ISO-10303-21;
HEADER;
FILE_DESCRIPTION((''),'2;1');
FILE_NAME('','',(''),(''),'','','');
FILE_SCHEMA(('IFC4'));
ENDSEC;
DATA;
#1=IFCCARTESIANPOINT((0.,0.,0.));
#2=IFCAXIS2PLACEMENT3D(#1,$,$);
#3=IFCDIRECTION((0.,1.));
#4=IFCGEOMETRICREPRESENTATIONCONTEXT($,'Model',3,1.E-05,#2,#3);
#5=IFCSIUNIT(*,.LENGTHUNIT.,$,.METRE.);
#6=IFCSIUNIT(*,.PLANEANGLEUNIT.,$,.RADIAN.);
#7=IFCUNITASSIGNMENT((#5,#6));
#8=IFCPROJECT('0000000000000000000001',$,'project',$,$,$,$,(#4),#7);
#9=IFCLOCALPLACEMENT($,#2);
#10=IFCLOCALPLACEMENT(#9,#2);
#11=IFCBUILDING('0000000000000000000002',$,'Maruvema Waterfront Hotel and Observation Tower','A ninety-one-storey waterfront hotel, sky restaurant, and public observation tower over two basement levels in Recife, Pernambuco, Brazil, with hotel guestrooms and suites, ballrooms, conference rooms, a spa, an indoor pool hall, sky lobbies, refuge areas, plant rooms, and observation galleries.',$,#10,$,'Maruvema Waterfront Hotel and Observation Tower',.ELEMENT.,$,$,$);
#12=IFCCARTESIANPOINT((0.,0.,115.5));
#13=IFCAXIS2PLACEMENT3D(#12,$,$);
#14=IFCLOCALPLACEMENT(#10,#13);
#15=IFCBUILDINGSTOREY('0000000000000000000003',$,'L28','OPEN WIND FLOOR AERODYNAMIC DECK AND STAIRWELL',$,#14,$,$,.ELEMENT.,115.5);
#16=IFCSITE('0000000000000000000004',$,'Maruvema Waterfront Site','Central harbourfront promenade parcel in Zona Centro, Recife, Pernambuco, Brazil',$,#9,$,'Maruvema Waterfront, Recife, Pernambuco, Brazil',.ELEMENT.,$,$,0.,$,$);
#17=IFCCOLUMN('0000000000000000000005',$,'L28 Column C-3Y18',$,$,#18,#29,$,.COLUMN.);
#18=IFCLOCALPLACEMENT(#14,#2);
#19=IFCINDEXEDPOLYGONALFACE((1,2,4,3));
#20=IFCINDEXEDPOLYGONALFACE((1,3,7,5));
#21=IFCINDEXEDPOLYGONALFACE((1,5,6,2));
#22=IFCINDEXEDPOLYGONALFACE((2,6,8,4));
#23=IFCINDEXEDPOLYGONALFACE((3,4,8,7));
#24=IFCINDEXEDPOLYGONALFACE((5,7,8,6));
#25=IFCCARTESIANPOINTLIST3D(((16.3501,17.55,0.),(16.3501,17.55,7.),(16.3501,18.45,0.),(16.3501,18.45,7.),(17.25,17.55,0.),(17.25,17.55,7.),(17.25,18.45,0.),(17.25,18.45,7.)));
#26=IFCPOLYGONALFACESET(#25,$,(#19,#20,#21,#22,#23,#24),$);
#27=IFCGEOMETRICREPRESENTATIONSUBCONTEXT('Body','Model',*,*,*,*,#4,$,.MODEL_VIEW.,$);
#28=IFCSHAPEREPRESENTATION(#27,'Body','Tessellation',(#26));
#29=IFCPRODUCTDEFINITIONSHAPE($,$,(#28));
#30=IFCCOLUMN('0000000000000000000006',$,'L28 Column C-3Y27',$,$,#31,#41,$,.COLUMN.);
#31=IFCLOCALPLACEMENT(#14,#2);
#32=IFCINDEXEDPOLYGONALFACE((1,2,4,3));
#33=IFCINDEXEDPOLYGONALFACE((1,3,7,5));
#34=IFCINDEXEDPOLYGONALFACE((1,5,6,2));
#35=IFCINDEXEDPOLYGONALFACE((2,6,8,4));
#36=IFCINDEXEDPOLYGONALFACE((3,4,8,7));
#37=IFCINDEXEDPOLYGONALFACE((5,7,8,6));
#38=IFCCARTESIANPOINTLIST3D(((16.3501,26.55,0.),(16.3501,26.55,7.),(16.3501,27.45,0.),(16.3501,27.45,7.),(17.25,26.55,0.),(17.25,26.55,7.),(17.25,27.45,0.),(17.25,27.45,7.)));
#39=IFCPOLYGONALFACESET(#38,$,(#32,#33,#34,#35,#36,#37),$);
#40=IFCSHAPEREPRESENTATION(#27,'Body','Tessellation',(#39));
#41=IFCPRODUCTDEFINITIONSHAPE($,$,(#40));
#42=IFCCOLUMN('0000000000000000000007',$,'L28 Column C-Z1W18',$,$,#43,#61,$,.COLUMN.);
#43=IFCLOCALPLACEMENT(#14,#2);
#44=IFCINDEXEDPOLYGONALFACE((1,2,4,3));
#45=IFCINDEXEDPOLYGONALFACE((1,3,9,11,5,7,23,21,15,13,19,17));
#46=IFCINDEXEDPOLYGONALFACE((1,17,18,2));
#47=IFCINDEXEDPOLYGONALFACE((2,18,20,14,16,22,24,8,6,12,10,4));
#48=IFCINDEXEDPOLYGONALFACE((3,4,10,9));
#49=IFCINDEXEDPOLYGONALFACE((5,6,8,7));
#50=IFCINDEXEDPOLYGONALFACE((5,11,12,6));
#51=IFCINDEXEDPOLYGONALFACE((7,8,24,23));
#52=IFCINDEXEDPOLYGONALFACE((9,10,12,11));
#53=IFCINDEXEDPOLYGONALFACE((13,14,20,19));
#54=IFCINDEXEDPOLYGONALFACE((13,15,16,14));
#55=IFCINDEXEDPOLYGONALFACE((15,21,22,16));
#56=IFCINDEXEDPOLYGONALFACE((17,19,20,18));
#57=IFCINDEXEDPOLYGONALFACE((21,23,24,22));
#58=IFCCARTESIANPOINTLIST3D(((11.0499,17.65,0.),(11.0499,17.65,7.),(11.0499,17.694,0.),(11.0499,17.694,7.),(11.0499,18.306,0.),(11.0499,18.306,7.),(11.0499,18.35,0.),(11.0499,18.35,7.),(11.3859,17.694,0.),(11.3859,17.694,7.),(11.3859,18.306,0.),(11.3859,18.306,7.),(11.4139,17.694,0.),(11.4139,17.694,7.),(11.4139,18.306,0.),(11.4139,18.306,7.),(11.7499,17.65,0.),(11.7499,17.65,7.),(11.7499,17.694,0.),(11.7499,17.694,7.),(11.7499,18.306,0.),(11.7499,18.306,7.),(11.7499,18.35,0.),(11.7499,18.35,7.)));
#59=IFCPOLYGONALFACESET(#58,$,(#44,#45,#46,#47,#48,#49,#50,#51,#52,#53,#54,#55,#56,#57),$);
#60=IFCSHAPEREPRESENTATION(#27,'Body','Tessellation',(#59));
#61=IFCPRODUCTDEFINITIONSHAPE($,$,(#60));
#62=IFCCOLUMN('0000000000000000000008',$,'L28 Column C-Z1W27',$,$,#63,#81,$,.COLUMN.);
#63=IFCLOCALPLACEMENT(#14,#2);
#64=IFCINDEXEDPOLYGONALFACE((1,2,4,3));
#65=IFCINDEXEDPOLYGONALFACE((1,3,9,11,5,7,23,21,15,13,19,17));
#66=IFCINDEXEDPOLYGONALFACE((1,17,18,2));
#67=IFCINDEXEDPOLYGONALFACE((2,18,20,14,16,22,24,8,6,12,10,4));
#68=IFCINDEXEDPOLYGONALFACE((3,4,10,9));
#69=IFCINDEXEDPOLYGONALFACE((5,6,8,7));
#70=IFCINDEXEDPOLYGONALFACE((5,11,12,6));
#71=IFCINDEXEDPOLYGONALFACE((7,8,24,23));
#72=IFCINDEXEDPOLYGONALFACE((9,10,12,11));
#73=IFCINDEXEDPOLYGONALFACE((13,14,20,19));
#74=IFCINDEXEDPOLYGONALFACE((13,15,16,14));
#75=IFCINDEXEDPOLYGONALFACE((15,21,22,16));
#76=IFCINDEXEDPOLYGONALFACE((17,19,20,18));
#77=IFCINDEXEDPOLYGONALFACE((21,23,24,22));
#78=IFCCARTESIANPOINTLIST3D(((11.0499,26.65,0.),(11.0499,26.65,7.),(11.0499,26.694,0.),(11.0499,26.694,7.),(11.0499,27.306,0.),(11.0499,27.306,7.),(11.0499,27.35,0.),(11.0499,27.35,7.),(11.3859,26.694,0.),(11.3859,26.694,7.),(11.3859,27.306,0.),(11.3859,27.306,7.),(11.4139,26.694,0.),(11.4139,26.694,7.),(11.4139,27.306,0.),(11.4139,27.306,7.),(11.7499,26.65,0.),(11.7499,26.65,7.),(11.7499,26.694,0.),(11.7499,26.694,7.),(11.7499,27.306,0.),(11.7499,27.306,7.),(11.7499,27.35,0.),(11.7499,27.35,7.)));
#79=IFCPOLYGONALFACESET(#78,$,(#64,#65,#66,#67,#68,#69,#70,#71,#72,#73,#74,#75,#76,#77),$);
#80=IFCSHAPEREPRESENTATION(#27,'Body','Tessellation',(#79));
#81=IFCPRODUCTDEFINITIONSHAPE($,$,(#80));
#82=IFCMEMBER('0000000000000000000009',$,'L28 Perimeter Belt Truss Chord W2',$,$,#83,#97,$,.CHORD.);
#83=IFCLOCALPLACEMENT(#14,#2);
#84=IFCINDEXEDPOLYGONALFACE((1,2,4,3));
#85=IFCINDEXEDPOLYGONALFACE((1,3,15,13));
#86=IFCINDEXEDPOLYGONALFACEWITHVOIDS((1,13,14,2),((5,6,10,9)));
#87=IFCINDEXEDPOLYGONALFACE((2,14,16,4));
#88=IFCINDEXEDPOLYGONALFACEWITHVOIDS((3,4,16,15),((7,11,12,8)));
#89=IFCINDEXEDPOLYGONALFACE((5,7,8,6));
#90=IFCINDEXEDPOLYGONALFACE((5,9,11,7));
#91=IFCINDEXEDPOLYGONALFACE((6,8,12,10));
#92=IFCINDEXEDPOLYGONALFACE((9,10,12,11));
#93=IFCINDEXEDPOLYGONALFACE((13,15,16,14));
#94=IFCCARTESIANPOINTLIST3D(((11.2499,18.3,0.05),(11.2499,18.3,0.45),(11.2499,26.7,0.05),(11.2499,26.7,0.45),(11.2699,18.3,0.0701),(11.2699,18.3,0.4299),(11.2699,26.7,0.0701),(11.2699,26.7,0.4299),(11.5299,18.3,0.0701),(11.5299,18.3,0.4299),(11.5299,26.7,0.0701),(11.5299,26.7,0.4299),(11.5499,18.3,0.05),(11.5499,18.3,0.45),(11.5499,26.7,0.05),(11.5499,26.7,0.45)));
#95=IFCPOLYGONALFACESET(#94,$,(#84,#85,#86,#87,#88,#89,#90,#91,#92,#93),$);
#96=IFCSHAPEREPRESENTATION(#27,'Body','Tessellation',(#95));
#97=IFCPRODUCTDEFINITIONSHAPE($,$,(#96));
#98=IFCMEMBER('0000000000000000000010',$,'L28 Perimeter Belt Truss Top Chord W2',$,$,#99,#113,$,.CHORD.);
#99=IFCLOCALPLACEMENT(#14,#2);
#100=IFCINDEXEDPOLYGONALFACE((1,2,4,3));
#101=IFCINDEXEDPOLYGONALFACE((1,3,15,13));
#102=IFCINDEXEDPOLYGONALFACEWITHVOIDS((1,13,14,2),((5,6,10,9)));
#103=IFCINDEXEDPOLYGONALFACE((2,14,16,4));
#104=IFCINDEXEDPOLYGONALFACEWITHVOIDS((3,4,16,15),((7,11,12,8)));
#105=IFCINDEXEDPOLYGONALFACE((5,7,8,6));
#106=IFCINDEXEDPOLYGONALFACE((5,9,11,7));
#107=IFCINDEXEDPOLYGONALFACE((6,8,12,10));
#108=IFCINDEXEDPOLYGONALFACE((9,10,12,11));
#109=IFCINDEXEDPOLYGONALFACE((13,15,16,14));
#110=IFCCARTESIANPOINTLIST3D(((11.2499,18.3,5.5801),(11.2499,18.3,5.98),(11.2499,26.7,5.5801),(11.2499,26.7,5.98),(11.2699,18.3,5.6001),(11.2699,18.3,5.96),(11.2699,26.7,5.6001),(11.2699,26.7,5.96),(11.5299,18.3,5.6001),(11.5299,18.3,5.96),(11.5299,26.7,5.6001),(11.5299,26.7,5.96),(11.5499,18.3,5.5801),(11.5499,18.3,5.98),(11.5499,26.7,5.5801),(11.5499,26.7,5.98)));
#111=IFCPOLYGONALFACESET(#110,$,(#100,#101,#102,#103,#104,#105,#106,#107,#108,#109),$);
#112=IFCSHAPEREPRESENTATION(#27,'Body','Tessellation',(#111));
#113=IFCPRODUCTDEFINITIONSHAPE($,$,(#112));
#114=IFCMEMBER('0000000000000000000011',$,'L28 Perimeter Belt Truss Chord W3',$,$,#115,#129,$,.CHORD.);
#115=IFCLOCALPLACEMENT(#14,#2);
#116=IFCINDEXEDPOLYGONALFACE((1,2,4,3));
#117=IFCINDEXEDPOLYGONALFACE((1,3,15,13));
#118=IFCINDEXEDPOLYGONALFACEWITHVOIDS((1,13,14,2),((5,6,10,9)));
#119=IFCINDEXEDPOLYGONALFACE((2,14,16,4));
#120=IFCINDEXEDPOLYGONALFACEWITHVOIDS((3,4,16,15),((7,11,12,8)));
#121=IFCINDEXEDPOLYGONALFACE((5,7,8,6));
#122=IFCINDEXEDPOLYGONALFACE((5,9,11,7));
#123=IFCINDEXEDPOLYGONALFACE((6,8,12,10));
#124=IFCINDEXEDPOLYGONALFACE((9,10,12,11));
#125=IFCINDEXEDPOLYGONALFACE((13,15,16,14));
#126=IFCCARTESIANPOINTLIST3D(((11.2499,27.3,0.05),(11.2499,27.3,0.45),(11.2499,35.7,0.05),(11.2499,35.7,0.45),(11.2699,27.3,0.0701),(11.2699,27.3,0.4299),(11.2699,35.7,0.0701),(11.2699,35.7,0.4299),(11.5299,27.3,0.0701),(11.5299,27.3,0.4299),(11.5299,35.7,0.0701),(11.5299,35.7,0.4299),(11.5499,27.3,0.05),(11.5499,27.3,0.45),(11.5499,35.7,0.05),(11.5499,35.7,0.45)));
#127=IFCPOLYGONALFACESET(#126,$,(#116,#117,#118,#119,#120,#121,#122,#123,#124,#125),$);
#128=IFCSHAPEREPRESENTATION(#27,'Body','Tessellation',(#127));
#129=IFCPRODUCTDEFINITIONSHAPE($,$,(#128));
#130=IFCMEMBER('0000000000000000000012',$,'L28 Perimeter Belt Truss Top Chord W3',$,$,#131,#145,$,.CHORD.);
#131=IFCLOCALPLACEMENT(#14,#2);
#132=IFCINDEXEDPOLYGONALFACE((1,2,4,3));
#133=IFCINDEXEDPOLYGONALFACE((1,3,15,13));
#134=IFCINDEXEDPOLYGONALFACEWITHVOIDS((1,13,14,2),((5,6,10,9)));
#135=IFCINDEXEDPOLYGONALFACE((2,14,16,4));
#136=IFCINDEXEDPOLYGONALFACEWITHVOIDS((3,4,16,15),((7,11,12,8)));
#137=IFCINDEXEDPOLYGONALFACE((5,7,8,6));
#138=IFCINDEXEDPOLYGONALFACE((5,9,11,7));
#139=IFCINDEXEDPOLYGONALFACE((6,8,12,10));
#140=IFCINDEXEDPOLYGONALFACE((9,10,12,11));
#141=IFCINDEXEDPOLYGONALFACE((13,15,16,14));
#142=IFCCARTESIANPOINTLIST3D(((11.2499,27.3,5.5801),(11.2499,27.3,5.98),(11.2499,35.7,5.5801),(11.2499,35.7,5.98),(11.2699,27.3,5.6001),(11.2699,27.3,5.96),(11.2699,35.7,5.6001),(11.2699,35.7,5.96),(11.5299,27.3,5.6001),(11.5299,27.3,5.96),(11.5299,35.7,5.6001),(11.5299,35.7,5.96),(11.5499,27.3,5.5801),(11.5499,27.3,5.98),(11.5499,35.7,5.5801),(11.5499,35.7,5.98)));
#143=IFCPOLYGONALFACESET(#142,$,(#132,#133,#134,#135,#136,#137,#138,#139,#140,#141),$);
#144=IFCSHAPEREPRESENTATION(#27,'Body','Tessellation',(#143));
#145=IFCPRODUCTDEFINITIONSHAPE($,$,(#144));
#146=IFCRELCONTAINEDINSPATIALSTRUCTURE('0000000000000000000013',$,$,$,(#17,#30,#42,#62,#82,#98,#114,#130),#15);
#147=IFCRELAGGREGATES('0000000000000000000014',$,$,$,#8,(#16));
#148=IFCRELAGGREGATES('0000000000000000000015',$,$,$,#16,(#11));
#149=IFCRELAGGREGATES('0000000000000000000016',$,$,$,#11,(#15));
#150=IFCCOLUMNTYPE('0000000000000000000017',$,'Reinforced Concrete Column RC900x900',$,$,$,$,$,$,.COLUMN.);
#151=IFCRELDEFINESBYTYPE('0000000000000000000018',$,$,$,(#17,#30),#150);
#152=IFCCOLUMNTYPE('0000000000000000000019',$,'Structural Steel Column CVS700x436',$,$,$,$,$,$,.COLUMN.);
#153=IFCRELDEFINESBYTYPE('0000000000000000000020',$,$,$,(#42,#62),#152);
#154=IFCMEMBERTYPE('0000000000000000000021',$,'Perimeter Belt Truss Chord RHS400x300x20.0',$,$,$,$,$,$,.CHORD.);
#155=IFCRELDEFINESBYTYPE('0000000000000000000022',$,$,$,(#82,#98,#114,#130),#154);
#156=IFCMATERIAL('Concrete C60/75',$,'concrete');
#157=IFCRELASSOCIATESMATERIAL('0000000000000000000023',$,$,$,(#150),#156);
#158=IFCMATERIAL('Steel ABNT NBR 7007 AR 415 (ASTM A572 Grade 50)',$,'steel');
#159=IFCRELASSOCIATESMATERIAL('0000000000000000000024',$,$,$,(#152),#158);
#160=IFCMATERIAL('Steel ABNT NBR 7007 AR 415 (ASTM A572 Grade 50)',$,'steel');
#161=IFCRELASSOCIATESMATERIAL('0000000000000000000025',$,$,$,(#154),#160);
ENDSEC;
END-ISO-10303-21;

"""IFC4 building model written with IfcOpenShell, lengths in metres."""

from ifc_helpers import new_model, si_unit, direction, frame, origin, origin_2d, place, context, subcontext, project, spatial, rectangle, hollow_rectangle, i_section, extrude, material, material_profile, profile_set, type_object, element, save


model = new_model("IFC4")

# Units and contexts
model_context = context("Model", 3, precision=1e-05, world=origin(), true_north=direction((0.0, 1.0)))
body_context = subcontext(model_context, "Body", "Model", "MODEL_VIEW")
ifc_project = project(units=[si_unit("LENGTHUNIT", "METRE"), si_unit("PLANEANGLEUNIT", "RADIAN")], contexts=[model_context])

# Site, building, storey
site_placement = place(None, origin())
site = spatial("IfcSite", under=ifc_project, at=site_placement, Name="Maruvema Waterfront Site", Description="Central harbourfront promenade parcel in Zona Centro, Recife, Pernambuco, Brazil", LongName="Maruvema Waterfront, Recife, Pernambuco, Brazil", CompositionType="ELEMENT", RefElevation=0.0)
building_placement = place(site_placement, origin())
building = spatial("IfcBuilding", under=site, at=building_placement, Name="Maruvema Waterfront Hotel and Observation Tower", Description="A ninety-one-storey waterfront hotel, sky restaurant, and public observation tower over two basement levels in Recife, Pernambuco, Brazil, with hotel guestrooms and suites, ballrooms, conference rooms, a spa, an indoor pool hall, sky lobbies, refuge areas, plant rooms, and observation galleries.", LongName="Maruvema Waterfront Hotel and Observation Tower", CompositionType="ELEMENT")
storey_placement = place(building_placement, frame((0.0, 0.0, 115.5)))
storey = spatial("IfcBuildingStorey", under=building, at=storey_placement, Name="L28", Description="OPEN WIND FLOOR AERODYNAMIC DECK AND STAIRWELL", CompositionType="ELEMENT", Elevation=115.5)

# Columns
ifc_material_1 = material(Name="Concrete C60/75", Category="concrete")
ifc_material_profile_1 = material_profile(ifc_material_1, rectangle(XDim=0.8999, YDim=0.8999, at=origin_2d()), Name="RC900x900")
ifc_profile_set_1 = profile_set([ifc_material_profile_1], Name="Concrete C60/75")
column_type_1 = type_object("IfcColumnType", Name="Reinforced Concrete Column RC900x900", PredefinedType="COLUMN", material=ifc_profile_set_1)
for number, where, z_axis, x_axis, name in (
    (1, (16.8, 18.0, 0.0), (0.0, 0.0, 1.0), (1.0, 0.0, 0.0), "L28 Column C-3Y18"),
    (2, (16.8, 27.0, 0.0), (0.0, 0.0, 1.0), (1.0, 0.0, 0.0), "L28 Column C-3Y27"),
):
    element("IfcColumn", number, at=place(storey_placement, frame(where, z_axis=z_axis, x_axis=x_axis)), inside=storey, type_object=column_type_1, Name=name, PredefinedType="COLUMN", context=body_context, shape_type="SweptSolid", body=[
        extrude(rectangle(XDim=0.8999, YDim=0.8999, at=origin_2d()), origin(), (0.0, 0.0, 1.0), 7.0),
    ])
ifc_material_2 = material(Name="Steel ABNT NBR 7007 AR 415 (ASTM A572 Grade 50)", Category="steel")
ifc_material_profile_2 = material_profile(ifc_material_2, i_section(OverallWidth=0.7, OverallDepth=0.7, WebThickness=0.0281, FlangeThickness=0.0439, at=origin_2d()), Name="CVS700x436")
ifc_profile_set_2 = profile_set([ifc_material_profile_2], Name="Steel ABNT NBR 7007 AR 415 (ASTM A572 Grade 50)")
column_type_2 = type_object("IfcColumnType", Name="Structural Steel Column CVS700x436", PredefinedType="COLUMN", material=ifc_profile_set_2)
for number, where, z_axis, x_axis, name in (
    (3, (11.3999, 18.0, 0.0), (0.0, 0.0, 1.0), (1.0, 0.0, 0.0), "L28 Column C-Z1W18"),
    (4, (11.3999, 27.0, 0.0), (0.0, 0.0, 1.0), (1.0, 0.0, 0.0), "L28 Column C-Z1W27"),
):
    element("IfcColumn", number, at=place(storey_placement, frame(where, z_axis=z_axis, x_axis=x_axis)), inside=storey, type_object=column_type_2, Name=name, PredefinedType="COLUMN", context=body_context, shape_type="SweptSolid", body=[
        extrude(i_section(OverallWidth=0.7, OverallDepth=0.7, WebThickness=0.0281, FlangeThickness=0.0439, at=origin_2d()), origin(), (0.0, 0.0, 1.0), 7.0),
    ])

# Members
ifc_material_3 = material(Name="Steel ABNT NBR 7007 AR 415 (ASTM A572 Grade 50)", Category="steel")
ifc_material_profile_3 = material_profile(ifc_material_3, hollow_rectangle(XDim=0.3, YDim=0.3999, WallThickness=0.02, at=origin_2d()), Name="RHS400x300x20.0")
ifc_profile_set_3 = profile_set([ifc_material_profile_3], Name="Steel ABNT NBR 7007 AR 415 (ASTM A572 Grade 50)")
member_type_1 = type_object("IfcMemberType", Name="Perimeter Belt Truss Chord RHS400x300x20.0", PredefinedType="CHORD", material=ifc_profile_set_3)
for number, where, z_axis, x_axis, name in (
    (5, (11.3999, 18.3, 0.25), (0.0, 1.0, 0.0), (-1.0, 0.0, 0.0), "L28 Perimeter Belt Truss Chord W2"),
    (6, (11.3999, 18.3, 5.78), (0.0, 1.0, 0.0), (-1.0, 0.0, 0.0), "L28 Perimeter Belt Truss Top Chord W2"),
    (7, (11.3999, 27.3, 0.25), (0.0, 1.0, 0.0), (-1.0, 0.0, 0.0), "L28 Perimeter Belt Truss Chord W3"),
    (8, (11.3999, 27.3, 5.78), (0.0, 1.0, 0.0), (-1.0, 0.0, 0.0), "L28 Perimeter Belt Truss Top Chord W3"),
):
    element("IfcMember", number, at=place(storey_placement, frame(where, z_axis=z_axis, x_axis=x_axis)), inside=storey, type_object=member_type_1, Name=name, PredefinedType="CHORD", context=body_context, shape_type="SweptSolid", body=[
        extrude(hollow_rectangle(XDim=0.3, YDim=0.3999, WallThickness=0.02, at=origin_2d()), origin(), (0.0, 0.0, 1.0), 8.3999),
    ])

save(model, "model.ifc")
